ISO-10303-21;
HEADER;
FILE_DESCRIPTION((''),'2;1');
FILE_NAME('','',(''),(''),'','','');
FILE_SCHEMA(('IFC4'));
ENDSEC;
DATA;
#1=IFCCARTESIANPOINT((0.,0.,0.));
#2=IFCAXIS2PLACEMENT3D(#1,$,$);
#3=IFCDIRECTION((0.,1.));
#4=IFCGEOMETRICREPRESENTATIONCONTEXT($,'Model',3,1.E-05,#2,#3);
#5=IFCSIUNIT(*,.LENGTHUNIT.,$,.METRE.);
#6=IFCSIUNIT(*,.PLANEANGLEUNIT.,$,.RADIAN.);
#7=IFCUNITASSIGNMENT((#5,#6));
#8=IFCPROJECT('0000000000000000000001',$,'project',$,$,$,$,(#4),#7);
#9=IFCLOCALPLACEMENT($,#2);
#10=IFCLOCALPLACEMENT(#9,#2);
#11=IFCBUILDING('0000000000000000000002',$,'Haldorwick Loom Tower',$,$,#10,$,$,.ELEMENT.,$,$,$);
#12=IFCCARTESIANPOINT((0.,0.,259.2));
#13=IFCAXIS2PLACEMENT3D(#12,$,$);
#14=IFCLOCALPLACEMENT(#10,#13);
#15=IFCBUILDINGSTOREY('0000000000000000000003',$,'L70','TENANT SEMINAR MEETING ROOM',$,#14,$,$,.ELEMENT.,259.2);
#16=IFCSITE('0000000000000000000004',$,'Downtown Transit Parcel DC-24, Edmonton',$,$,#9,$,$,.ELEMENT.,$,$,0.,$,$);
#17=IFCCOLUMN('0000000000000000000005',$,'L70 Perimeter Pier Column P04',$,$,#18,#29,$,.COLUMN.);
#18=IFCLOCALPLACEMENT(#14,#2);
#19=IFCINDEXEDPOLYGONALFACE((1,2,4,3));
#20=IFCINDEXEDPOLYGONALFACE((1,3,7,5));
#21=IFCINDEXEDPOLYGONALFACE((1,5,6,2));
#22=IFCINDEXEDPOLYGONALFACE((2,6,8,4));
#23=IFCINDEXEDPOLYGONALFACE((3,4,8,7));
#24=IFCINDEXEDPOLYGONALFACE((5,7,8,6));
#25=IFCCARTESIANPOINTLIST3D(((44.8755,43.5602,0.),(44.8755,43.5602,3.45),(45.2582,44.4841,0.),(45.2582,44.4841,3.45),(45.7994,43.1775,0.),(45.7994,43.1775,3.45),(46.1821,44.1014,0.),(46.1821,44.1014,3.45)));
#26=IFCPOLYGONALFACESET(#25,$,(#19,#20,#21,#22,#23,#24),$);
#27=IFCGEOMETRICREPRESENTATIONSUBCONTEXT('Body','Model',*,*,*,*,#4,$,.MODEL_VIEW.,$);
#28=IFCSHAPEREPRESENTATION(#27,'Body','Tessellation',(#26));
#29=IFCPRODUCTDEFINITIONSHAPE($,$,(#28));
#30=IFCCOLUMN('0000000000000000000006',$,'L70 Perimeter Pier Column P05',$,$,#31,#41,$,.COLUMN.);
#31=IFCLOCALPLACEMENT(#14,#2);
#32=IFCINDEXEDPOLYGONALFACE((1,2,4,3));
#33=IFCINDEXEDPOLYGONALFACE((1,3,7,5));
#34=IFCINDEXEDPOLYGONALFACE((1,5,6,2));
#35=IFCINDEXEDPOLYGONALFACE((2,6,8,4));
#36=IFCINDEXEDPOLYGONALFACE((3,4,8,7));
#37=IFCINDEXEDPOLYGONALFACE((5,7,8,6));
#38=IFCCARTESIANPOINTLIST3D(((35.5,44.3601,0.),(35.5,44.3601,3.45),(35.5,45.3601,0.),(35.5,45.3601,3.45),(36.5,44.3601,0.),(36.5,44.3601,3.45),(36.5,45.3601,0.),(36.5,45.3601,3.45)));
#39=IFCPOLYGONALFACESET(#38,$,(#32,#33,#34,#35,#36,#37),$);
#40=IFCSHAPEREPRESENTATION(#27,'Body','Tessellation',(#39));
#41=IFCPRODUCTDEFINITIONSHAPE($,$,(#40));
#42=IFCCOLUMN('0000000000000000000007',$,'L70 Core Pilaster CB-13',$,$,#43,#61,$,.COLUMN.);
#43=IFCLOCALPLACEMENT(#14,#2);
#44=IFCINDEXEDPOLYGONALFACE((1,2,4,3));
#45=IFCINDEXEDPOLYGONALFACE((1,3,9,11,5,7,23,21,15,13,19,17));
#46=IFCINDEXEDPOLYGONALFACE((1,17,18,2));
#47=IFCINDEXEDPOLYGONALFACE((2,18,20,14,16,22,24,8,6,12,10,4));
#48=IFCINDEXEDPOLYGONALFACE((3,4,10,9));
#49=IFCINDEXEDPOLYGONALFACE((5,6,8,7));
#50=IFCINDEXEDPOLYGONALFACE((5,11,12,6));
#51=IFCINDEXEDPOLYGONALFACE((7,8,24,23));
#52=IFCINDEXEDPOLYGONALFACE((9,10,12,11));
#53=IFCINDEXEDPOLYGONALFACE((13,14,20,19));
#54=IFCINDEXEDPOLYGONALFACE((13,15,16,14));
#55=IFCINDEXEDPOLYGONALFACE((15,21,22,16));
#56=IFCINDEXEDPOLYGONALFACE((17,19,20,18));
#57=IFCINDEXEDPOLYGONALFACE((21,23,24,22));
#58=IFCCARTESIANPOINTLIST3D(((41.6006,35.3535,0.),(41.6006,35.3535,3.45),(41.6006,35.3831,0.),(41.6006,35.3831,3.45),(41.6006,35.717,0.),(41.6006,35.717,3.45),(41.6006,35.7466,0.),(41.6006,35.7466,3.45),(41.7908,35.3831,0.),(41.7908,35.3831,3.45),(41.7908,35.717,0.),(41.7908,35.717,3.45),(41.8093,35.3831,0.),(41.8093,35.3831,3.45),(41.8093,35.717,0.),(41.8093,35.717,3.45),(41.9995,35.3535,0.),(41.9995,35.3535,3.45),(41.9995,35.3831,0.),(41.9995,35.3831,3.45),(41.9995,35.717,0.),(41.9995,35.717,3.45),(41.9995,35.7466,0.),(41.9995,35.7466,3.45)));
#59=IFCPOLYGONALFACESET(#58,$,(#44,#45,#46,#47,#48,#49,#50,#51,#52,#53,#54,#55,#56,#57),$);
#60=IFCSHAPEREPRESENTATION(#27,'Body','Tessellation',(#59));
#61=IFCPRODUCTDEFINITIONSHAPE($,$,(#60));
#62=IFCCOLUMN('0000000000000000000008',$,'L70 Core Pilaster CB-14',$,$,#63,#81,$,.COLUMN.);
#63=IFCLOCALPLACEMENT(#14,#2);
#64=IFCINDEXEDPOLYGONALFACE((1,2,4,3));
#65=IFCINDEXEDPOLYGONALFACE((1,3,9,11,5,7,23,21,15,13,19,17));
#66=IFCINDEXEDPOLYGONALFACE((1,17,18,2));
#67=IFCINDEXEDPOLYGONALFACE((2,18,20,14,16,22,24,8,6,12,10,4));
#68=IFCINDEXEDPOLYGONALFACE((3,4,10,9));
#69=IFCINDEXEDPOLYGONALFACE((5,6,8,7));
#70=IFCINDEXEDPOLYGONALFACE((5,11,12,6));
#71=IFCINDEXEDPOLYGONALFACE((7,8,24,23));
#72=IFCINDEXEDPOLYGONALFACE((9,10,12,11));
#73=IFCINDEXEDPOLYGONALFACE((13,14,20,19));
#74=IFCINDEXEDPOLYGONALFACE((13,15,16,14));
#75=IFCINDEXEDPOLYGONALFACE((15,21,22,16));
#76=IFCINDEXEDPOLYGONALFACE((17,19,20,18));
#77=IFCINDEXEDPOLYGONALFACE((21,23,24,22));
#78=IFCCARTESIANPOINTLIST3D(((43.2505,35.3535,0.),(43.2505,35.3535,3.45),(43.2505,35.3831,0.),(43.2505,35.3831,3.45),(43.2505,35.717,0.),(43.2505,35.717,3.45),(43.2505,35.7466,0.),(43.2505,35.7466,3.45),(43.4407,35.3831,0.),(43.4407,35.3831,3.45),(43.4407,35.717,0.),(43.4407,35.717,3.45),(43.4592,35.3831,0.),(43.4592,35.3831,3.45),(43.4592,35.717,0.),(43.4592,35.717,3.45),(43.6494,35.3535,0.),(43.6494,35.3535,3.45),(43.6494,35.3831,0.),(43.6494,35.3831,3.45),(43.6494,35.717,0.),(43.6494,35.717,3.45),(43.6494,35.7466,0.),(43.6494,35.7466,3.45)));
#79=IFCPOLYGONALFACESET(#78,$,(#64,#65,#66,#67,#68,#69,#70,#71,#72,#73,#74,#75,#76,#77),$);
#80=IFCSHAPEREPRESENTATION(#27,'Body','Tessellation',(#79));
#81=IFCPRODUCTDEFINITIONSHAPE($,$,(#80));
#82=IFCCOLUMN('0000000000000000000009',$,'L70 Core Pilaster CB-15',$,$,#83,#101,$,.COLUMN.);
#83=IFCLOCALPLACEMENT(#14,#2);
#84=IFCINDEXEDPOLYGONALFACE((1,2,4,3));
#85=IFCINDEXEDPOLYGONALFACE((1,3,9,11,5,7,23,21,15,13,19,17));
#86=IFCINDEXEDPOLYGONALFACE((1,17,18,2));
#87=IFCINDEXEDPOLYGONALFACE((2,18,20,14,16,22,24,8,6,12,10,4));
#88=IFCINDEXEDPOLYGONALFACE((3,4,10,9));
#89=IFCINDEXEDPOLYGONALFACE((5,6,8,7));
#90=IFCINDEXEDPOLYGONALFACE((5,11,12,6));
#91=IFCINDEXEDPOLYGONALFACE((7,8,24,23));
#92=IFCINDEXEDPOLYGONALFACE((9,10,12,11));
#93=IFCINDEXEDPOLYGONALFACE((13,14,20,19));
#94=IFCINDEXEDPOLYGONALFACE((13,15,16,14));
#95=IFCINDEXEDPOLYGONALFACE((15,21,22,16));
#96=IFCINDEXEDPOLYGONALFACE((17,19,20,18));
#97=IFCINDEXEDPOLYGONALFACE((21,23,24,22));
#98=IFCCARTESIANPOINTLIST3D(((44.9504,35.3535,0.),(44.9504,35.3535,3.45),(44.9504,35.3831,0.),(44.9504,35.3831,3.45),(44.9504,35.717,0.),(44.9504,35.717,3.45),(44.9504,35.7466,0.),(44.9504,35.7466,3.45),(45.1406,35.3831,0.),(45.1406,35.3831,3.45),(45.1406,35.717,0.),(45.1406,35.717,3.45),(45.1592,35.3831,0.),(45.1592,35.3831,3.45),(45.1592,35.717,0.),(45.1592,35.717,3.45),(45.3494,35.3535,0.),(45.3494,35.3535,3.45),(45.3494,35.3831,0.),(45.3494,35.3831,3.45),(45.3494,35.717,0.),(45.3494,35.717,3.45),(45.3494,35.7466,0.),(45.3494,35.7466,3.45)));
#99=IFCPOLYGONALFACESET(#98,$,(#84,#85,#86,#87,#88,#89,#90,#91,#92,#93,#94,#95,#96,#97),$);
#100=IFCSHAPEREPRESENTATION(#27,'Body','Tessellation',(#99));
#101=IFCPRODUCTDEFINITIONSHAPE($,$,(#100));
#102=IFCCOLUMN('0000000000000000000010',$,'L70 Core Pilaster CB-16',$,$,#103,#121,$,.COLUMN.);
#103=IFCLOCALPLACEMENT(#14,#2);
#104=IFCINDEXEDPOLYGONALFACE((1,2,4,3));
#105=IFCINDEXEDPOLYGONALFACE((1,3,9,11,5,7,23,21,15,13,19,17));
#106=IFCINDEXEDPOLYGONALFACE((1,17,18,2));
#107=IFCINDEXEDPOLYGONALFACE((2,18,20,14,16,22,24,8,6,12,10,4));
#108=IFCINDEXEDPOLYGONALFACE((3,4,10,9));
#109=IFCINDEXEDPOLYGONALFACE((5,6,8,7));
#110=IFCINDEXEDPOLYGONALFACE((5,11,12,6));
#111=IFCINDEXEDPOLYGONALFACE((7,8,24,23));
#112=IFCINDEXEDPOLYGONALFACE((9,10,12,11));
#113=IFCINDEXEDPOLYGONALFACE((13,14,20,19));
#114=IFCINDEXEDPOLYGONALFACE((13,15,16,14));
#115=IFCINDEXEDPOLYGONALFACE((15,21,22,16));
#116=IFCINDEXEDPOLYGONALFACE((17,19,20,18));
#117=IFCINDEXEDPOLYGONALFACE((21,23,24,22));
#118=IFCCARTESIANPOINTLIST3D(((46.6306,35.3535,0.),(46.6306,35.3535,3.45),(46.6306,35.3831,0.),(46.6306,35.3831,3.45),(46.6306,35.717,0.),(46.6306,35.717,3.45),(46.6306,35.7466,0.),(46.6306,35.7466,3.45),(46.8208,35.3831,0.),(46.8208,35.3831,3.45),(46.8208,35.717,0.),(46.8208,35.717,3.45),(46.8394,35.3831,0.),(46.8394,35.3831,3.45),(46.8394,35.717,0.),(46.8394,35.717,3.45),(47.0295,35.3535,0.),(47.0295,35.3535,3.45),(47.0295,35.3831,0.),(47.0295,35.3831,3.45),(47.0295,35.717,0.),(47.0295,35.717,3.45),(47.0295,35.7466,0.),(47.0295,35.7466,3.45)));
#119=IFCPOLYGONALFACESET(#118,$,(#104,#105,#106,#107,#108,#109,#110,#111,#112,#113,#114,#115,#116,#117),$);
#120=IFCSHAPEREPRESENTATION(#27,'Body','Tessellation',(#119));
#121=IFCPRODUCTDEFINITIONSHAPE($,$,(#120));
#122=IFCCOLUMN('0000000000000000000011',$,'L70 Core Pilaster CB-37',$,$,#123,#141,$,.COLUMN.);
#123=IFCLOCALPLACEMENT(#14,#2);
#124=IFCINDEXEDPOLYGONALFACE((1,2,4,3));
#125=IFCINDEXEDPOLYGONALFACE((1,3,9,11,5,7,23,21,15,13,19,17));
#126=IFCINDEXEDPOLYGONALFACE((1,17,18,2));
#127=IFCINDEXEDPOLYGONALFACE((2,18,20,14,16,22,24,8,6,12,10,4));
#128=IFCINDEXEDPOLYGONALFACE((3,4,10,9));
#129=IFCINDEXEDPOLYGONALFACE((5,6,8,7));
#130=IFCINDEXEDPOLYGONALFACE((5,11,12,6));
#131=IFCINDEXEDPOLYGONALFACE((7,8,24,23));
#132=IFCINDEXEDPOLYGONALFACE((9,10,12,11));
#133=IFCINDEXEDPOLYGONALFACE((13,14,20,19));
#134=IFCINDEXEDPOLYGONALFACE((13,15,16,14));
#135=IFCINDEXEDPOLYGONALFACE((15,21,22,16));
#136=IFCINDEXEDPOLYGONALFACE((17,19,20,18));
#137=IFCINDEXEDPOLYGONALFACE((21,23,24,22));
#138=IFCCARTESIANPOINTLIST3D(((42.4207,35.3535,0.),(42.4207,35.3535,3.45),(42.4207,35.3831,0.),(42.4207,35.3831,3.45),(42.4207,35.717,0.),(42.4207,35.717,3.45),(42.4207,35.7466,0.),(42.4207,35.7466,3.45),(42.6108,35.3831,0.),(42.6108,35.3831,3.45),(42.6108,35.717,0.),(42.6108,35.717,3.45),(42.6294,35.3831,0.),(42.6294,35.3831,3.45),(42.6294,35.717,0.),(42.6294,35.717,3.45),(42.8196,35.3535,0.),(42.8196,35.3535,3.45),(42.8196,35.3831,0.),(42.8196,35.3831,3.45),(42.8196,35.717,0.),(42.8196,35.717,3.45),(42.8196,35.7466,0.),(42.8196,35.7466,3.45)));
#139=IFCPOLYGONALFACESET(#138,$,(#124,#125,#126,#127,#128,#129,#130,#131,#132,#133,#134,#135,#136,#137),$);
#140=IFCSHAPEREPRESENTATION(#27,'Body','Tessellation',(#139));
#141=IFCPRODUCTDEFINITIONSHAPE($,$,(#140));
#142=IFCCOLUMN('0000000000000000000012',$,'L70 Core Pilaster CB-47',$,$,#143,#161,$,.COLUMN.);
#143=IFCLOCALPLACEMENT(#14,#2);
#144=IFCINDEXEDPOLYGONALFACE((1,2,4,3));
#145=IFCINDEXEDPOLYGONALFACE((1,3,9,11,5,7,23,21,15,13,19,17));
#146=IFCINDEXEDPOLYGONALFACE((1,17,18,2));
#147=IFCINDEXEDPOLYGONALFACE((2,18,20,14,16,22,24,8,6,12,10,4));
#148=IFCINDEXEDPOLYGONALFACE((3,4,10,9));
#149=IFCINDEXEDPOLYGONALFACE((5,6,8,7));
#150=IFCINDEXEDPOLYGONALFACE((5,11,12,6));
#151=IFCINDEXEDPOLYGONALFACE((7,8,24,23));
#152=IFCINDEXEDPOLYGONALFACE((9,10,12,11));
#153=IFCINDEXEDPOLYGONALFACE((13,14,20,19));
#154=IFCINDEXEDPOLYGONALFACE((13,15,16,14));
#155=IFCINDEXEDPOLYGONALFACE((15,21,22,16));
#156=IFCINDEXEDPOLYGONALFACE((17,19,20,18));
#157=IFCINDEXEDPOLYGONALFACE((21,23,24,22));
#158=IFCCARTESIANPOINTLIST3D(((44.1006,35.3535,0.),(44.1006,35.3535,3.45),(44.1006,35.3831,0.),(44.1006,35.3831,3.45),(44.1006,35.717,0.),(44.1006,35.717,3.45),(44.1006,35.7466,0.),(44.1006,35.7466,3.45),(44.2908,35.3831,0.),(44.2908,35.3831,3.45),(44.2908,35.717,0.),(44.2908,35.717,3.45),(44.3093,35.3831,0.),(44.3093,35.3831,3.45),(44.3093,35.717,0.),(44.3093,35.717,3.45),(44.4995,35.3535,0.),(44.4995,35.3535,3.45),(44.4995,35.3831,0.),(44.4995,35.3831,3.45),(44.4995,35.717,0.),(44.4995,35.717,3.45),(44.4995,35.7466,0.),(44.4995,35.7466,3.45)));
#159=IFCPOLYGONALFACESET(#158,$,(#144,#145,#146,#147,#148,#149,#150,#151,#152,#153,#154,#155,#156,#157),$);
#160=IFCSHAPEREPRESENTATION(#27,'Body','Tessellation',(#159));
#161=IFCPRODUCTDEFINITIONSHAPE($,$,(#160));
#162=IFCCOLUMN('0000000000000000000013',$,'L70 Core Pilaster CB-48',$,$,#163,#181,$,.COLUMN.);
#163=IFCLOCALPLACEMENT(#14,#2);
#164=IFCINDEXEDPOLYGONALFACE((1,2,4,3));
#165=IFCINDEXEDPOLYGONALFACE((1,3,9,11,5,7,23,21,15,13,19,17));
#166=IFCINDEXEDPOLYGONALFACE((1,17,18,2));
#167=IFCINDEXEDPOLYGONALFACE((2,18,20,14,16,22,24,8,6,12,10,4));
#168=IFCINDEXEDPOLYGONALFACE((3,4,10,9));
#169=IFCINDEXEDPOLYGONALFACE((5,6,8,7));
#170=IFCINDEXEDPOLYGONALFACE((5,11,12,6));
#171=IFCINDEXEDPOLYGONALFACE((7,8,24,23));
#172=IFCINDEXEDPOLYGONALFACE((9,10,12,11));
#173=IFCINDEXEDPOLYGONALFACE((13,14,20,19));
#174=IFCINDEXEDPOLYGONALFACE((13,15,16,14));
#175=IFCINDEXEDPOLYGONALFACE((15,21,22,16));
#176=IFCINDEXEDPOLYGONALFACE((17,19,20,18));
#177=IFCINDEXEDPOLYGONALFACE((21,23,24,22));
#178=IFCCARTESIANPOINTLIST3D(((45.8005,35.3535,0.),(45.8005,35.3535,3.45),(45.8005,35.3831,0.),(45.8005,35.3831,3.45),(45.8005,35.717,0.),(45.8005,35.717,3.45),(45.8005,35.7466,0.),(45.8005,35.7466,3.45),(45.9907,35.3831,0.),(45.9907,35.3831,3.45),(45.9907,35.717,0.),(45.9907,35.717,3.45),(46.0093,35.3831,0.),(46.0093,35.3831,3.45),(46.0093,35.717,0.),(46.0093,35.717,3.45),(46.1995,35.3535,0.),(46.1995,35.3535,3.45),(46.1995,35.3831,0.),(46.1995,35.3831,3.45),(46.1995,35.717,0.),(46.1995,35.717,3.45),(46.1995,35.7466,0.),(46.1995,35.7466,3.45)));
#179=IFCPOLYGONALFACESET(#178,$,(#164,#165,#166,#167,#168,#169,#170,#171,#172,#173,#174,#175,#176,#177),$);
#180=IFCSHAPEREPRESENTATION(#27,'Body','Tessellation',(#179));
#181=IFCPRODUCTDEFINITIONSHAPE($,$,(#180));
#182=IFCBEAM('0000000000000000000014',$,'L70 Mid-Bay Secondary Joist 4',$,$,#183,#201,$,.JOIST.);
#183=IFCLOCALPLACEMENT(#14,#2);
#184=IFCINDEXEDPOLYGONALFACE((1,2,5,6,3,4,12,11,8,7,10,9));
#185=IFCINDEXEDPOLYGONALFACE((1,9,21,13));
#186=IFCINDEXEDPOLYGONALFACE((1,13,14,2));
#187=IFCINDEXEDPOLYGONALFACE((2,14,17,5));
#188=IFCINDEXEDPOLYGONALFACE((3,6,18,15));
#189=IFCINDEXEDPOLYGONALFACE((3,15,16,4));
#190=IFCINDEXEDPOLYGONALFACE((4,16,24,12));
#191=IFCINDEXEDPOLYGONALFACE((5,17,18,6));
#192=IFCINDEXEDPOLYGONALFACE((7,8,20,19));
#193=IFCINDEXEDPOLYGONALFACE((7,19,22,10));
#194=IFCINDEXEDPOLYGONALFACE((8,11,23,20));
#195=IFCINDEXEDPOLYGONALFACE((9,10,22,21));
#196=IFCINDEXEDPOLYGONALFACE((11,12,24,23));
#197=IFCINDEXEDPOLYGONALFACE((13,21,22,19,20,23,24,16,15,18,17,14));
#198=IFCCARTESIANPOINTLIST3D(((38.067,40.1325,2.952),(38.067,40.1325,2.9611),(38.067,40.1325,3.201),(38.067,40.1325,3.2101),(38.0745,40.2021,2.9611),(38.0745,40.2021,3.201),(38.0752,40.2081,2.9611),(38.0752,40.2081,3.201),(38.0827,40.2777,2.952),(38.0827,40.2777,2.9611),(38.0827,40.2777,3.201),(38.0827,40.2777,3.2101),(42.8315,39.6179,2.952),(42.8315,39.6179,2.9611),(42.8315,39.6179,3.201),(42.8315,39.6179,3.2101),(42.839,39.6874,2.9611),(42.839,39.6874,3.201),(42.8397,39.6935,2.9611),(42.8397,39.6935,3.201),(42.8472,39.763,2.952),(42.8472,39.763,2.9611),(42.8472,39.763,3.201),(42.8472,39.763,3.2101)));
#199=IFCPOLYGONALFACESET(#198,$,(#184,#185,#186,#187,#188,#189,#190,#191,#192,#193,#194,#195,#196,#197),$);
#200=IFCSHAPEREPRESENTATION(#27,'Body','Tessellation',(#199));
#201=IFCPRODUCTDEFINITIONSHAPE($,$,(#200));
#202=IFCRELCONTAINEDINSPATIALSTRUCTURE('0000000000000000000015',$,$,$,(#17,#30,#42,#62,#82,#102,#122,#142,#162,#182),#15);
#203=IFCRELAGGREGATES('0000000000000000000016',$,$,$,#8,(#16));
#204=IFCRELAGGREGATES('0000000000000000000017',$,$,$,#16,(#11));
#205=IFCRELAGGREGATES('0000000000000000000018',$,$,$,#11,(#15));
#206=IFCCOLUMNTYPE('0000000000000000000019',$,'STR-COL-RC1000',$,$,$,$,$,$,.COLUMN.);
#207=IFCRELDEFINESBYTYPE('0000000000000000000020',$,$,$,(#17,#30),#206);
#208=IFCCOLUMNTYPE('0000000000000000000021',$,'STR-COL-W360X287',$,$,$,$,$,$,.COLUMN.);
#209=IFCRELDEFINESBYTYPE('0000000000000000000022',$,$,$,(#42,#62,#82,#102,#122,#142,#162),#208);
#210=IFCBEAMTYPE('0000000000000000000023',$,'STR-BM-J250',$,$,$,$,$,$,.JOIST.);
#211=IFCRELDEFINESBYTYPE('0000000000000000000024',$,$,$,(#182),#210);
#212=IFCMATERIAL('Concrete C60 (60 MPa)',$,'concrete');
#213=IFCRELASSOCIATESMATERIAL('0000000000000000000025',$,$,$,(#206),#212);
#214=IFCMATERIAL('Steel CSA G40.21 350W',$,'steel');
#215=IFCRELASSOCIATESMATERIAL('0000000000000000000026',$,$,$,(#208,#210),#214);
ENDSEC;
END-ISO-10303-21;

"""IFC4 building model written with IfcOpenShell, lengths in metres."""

from ifc_helpers import new_model, si_unit, direction, frame, origin, origin_2d, place, context, subcontext, project, spatial, rectangle, i_section, extrude, material, material_profile, profile_set, type_object, element, save


model = new_model("IFC4")

# Units and contexts
model_context = context("Model", 3, precision=1e-05, world=origin(), true_north=direction((0.0, 1.0)))
body_context = subcontext(model_context, "Body", "Model", "MODEL_VIEW")
ifc_project = project(units=[si_unit("LENGTHUNIT", "METRE"), si_unit("PLANEANGLEUNIT", "RADIAN")], contexts=[model_context])

# Site, building, storey
site_placement = place(None, origin())
site = spatial("IfcSite", under=ifc_project, at=site_placement, Name="Downtown Transit Parcel DC-24, Edmonton", CompositionType="ELEMENT", RefElevation=0.0)
building_placement = place(site_placement, origin())
building = spatial("IfcBuilding", under=site, at=building_placement, Name="Haldorwick Loom Tower", CompositionType="ELEMENT")
storey_placement = place(building_placement, frame((0.0, 0.0, 259.2)))
storey = spatial("IfcBuildingStorey", under=building, at=storey_placement, Name="L70", Description="TENANT SEMINAR MEETING ROOM", CompositionType="ELEMENT", Elevation=259.2)

# Columns
ifc_material_1 = material(Name="Concrete C60 (60 MPa)", Category="concrete")
ifc_material_profile_1 = material_profile(ifc_material_1, rectangle(XDim=1.0, YDim=1.0, at=origin_2d()), Name="RC1000X1000", Category="concrete")
ifc_profile_set_1 = profile_set([ifc_material_profile_1], Name="Concrete C60 (60 MPa)")
column_type_1 = type_object("IfcColumnType", Name="STR-COL-RC1000", PredefinedType="COLUMN", material=ifc_profile_set_1)
for number, where, z_axis, x_axis, name in (
    (1, (45.5288, 43.8308, 0.0), (0.0, 0.0, 1.0), (0.382683, 0.92388, 0.0), "L70 Perimeter Pier Column P04"),
    (2, (36.0, 44.8601, 0.0), (0.0, 0.0, 1.0), (0.0, 1.0, 0.0), "L70 Perimeter Pier Column P05"),
):
    element("IfcColumn", number, at=place(storey_placement, frame(where, z_axis=z_axis, x_axis=x_axis)), inside=storey, type_object=column_type_1, Name=name, PredefinedType="COLUMN", context=body_context, shape_type="SweptSolid", body=[
        extrude(rectangle(XDim=1.0, YDim=1.0, at=origin_2d()), origin(), (0.0, 0.0, 1.0), 3.45),
    ])
ifc_material_2 = material(Name="Steel CSA G40.21 350W", Category="steel")
ifc_material_profile_2 = material_profile(ifc_material_2, i_section(OverallWidth=0.3989, OverallDepth=0.3931, WebThickness=0.0186, FlangeThickness=0.0295, at=origin_2d()), Name="W360X287", Category="steel")
ifc_profile_set_2 = profile_set([ifc_material_profile_2], Name="Steel CSA G40.21 350W")
column_type_2 = type_object("IfcColumnType", Name="STR-COL-W360X287", PredefinedType="COLUMN", material=ifc_profile_set_2)
for number, where, z_axis, x_axis, name in (
    (3, (41.8, 35.55, 0.0), (0.0, 0.0, 1.0), (1.0, 0.0, 0.0), "L70 Core Pilaster CB-13"),
    (4, (43.45, 35.55, 0.0), (0.0, 0.0, 1.0), (1.0, 0.0, 0.0), "L70 Core Pilaster CB-14"),
    (5, (45.1499, 35.55, 0.0), (0.0, 0.0, 1.0), (1.0, 0.0, 0.0), "L70 Core Pilaster CB-15"),
    (6, (46.8301, 35.55, 0.0), (0.0, 0.0, 1.0), (1.0, 0.0, 0.0), "L70 Core Pilaster CB-16"),
    (7, (42.6201, 35.55, 0.0), (0.0, 0.0, 1.0), (1.0, 0.0, 0.0), "L70 Core Pilaster CB-37"),
    (8, (44.3, 35.55, 0.0), (0.0, 0.0, 1.0), (1.0, 0.0, 0.0), "L70 Core Pilaster CB-47"),
    (9, (46.0, 35.55, 0.0), (0.0, 0.0, 1.0), (1.0, 0.0, 0.0), "L70 Core Pilaster CB-48"),
):
    element("IfcColumn", number, at=place(storey_placement, frame(where, z_axis=z_axis, x_axis=x_axis)), inside=storey, type_object=column_type_2, Name=name, PredefinedType="COLUMN", context=body_context, shape_type="SweptSolid", body=[
        extrude(i_section(OverallWidth=0.3989, OverallDepth=0.3931, WebThickness=0.0186, FlangeThickness=0.0295, at=origin_2d()), origin(), (0.0, 0.0, 1.0), 3.45),
    ])

# Beam
ifc_material_profile_3 = material_profile(ifc_material_2, i_section(OverallWidth=0.146, OverallDepth=0.2581, WebThickness=0.0061, FlangeThickness=0.009, at=origin_2d()), Name="W250X33", Category="steel")
ifc_profile_set_3 = profile_set([ifc_material_profile_3], Name="Steel CSA G40.21 350W")
beam_type_1 = type_object("IfcBeamType", Name="STR-BM-J250", PredefinedType="JOIST", material=ifc_profile_set_3)
beam_1_placement = place(storey_placement, frame((42.8394, 39.6904, 3.0811), z_axis=(-0.994216, 0.107395, 0.0), x_axis=(-0.107395, -0.994216, 0.0)))
element("IfcBeam", 10, at=beam_1_placement, inside=storey, type_object=beam_type_1, Name="L70 Mid-Bay Secondary Joist 4", PredefinedType="JOIST", context=body_context, shape_type="SweptSolid", body=[
    extrude(i_section(OverallWidth=0.146, OverallDepth=0.2581, WebThickness=0.0061, FlangeThickness=0.009, at=origin_2d()), origin(), (0.0, 0.0, 1.0), 4.7922),
])

save(model, "model.ifc")
